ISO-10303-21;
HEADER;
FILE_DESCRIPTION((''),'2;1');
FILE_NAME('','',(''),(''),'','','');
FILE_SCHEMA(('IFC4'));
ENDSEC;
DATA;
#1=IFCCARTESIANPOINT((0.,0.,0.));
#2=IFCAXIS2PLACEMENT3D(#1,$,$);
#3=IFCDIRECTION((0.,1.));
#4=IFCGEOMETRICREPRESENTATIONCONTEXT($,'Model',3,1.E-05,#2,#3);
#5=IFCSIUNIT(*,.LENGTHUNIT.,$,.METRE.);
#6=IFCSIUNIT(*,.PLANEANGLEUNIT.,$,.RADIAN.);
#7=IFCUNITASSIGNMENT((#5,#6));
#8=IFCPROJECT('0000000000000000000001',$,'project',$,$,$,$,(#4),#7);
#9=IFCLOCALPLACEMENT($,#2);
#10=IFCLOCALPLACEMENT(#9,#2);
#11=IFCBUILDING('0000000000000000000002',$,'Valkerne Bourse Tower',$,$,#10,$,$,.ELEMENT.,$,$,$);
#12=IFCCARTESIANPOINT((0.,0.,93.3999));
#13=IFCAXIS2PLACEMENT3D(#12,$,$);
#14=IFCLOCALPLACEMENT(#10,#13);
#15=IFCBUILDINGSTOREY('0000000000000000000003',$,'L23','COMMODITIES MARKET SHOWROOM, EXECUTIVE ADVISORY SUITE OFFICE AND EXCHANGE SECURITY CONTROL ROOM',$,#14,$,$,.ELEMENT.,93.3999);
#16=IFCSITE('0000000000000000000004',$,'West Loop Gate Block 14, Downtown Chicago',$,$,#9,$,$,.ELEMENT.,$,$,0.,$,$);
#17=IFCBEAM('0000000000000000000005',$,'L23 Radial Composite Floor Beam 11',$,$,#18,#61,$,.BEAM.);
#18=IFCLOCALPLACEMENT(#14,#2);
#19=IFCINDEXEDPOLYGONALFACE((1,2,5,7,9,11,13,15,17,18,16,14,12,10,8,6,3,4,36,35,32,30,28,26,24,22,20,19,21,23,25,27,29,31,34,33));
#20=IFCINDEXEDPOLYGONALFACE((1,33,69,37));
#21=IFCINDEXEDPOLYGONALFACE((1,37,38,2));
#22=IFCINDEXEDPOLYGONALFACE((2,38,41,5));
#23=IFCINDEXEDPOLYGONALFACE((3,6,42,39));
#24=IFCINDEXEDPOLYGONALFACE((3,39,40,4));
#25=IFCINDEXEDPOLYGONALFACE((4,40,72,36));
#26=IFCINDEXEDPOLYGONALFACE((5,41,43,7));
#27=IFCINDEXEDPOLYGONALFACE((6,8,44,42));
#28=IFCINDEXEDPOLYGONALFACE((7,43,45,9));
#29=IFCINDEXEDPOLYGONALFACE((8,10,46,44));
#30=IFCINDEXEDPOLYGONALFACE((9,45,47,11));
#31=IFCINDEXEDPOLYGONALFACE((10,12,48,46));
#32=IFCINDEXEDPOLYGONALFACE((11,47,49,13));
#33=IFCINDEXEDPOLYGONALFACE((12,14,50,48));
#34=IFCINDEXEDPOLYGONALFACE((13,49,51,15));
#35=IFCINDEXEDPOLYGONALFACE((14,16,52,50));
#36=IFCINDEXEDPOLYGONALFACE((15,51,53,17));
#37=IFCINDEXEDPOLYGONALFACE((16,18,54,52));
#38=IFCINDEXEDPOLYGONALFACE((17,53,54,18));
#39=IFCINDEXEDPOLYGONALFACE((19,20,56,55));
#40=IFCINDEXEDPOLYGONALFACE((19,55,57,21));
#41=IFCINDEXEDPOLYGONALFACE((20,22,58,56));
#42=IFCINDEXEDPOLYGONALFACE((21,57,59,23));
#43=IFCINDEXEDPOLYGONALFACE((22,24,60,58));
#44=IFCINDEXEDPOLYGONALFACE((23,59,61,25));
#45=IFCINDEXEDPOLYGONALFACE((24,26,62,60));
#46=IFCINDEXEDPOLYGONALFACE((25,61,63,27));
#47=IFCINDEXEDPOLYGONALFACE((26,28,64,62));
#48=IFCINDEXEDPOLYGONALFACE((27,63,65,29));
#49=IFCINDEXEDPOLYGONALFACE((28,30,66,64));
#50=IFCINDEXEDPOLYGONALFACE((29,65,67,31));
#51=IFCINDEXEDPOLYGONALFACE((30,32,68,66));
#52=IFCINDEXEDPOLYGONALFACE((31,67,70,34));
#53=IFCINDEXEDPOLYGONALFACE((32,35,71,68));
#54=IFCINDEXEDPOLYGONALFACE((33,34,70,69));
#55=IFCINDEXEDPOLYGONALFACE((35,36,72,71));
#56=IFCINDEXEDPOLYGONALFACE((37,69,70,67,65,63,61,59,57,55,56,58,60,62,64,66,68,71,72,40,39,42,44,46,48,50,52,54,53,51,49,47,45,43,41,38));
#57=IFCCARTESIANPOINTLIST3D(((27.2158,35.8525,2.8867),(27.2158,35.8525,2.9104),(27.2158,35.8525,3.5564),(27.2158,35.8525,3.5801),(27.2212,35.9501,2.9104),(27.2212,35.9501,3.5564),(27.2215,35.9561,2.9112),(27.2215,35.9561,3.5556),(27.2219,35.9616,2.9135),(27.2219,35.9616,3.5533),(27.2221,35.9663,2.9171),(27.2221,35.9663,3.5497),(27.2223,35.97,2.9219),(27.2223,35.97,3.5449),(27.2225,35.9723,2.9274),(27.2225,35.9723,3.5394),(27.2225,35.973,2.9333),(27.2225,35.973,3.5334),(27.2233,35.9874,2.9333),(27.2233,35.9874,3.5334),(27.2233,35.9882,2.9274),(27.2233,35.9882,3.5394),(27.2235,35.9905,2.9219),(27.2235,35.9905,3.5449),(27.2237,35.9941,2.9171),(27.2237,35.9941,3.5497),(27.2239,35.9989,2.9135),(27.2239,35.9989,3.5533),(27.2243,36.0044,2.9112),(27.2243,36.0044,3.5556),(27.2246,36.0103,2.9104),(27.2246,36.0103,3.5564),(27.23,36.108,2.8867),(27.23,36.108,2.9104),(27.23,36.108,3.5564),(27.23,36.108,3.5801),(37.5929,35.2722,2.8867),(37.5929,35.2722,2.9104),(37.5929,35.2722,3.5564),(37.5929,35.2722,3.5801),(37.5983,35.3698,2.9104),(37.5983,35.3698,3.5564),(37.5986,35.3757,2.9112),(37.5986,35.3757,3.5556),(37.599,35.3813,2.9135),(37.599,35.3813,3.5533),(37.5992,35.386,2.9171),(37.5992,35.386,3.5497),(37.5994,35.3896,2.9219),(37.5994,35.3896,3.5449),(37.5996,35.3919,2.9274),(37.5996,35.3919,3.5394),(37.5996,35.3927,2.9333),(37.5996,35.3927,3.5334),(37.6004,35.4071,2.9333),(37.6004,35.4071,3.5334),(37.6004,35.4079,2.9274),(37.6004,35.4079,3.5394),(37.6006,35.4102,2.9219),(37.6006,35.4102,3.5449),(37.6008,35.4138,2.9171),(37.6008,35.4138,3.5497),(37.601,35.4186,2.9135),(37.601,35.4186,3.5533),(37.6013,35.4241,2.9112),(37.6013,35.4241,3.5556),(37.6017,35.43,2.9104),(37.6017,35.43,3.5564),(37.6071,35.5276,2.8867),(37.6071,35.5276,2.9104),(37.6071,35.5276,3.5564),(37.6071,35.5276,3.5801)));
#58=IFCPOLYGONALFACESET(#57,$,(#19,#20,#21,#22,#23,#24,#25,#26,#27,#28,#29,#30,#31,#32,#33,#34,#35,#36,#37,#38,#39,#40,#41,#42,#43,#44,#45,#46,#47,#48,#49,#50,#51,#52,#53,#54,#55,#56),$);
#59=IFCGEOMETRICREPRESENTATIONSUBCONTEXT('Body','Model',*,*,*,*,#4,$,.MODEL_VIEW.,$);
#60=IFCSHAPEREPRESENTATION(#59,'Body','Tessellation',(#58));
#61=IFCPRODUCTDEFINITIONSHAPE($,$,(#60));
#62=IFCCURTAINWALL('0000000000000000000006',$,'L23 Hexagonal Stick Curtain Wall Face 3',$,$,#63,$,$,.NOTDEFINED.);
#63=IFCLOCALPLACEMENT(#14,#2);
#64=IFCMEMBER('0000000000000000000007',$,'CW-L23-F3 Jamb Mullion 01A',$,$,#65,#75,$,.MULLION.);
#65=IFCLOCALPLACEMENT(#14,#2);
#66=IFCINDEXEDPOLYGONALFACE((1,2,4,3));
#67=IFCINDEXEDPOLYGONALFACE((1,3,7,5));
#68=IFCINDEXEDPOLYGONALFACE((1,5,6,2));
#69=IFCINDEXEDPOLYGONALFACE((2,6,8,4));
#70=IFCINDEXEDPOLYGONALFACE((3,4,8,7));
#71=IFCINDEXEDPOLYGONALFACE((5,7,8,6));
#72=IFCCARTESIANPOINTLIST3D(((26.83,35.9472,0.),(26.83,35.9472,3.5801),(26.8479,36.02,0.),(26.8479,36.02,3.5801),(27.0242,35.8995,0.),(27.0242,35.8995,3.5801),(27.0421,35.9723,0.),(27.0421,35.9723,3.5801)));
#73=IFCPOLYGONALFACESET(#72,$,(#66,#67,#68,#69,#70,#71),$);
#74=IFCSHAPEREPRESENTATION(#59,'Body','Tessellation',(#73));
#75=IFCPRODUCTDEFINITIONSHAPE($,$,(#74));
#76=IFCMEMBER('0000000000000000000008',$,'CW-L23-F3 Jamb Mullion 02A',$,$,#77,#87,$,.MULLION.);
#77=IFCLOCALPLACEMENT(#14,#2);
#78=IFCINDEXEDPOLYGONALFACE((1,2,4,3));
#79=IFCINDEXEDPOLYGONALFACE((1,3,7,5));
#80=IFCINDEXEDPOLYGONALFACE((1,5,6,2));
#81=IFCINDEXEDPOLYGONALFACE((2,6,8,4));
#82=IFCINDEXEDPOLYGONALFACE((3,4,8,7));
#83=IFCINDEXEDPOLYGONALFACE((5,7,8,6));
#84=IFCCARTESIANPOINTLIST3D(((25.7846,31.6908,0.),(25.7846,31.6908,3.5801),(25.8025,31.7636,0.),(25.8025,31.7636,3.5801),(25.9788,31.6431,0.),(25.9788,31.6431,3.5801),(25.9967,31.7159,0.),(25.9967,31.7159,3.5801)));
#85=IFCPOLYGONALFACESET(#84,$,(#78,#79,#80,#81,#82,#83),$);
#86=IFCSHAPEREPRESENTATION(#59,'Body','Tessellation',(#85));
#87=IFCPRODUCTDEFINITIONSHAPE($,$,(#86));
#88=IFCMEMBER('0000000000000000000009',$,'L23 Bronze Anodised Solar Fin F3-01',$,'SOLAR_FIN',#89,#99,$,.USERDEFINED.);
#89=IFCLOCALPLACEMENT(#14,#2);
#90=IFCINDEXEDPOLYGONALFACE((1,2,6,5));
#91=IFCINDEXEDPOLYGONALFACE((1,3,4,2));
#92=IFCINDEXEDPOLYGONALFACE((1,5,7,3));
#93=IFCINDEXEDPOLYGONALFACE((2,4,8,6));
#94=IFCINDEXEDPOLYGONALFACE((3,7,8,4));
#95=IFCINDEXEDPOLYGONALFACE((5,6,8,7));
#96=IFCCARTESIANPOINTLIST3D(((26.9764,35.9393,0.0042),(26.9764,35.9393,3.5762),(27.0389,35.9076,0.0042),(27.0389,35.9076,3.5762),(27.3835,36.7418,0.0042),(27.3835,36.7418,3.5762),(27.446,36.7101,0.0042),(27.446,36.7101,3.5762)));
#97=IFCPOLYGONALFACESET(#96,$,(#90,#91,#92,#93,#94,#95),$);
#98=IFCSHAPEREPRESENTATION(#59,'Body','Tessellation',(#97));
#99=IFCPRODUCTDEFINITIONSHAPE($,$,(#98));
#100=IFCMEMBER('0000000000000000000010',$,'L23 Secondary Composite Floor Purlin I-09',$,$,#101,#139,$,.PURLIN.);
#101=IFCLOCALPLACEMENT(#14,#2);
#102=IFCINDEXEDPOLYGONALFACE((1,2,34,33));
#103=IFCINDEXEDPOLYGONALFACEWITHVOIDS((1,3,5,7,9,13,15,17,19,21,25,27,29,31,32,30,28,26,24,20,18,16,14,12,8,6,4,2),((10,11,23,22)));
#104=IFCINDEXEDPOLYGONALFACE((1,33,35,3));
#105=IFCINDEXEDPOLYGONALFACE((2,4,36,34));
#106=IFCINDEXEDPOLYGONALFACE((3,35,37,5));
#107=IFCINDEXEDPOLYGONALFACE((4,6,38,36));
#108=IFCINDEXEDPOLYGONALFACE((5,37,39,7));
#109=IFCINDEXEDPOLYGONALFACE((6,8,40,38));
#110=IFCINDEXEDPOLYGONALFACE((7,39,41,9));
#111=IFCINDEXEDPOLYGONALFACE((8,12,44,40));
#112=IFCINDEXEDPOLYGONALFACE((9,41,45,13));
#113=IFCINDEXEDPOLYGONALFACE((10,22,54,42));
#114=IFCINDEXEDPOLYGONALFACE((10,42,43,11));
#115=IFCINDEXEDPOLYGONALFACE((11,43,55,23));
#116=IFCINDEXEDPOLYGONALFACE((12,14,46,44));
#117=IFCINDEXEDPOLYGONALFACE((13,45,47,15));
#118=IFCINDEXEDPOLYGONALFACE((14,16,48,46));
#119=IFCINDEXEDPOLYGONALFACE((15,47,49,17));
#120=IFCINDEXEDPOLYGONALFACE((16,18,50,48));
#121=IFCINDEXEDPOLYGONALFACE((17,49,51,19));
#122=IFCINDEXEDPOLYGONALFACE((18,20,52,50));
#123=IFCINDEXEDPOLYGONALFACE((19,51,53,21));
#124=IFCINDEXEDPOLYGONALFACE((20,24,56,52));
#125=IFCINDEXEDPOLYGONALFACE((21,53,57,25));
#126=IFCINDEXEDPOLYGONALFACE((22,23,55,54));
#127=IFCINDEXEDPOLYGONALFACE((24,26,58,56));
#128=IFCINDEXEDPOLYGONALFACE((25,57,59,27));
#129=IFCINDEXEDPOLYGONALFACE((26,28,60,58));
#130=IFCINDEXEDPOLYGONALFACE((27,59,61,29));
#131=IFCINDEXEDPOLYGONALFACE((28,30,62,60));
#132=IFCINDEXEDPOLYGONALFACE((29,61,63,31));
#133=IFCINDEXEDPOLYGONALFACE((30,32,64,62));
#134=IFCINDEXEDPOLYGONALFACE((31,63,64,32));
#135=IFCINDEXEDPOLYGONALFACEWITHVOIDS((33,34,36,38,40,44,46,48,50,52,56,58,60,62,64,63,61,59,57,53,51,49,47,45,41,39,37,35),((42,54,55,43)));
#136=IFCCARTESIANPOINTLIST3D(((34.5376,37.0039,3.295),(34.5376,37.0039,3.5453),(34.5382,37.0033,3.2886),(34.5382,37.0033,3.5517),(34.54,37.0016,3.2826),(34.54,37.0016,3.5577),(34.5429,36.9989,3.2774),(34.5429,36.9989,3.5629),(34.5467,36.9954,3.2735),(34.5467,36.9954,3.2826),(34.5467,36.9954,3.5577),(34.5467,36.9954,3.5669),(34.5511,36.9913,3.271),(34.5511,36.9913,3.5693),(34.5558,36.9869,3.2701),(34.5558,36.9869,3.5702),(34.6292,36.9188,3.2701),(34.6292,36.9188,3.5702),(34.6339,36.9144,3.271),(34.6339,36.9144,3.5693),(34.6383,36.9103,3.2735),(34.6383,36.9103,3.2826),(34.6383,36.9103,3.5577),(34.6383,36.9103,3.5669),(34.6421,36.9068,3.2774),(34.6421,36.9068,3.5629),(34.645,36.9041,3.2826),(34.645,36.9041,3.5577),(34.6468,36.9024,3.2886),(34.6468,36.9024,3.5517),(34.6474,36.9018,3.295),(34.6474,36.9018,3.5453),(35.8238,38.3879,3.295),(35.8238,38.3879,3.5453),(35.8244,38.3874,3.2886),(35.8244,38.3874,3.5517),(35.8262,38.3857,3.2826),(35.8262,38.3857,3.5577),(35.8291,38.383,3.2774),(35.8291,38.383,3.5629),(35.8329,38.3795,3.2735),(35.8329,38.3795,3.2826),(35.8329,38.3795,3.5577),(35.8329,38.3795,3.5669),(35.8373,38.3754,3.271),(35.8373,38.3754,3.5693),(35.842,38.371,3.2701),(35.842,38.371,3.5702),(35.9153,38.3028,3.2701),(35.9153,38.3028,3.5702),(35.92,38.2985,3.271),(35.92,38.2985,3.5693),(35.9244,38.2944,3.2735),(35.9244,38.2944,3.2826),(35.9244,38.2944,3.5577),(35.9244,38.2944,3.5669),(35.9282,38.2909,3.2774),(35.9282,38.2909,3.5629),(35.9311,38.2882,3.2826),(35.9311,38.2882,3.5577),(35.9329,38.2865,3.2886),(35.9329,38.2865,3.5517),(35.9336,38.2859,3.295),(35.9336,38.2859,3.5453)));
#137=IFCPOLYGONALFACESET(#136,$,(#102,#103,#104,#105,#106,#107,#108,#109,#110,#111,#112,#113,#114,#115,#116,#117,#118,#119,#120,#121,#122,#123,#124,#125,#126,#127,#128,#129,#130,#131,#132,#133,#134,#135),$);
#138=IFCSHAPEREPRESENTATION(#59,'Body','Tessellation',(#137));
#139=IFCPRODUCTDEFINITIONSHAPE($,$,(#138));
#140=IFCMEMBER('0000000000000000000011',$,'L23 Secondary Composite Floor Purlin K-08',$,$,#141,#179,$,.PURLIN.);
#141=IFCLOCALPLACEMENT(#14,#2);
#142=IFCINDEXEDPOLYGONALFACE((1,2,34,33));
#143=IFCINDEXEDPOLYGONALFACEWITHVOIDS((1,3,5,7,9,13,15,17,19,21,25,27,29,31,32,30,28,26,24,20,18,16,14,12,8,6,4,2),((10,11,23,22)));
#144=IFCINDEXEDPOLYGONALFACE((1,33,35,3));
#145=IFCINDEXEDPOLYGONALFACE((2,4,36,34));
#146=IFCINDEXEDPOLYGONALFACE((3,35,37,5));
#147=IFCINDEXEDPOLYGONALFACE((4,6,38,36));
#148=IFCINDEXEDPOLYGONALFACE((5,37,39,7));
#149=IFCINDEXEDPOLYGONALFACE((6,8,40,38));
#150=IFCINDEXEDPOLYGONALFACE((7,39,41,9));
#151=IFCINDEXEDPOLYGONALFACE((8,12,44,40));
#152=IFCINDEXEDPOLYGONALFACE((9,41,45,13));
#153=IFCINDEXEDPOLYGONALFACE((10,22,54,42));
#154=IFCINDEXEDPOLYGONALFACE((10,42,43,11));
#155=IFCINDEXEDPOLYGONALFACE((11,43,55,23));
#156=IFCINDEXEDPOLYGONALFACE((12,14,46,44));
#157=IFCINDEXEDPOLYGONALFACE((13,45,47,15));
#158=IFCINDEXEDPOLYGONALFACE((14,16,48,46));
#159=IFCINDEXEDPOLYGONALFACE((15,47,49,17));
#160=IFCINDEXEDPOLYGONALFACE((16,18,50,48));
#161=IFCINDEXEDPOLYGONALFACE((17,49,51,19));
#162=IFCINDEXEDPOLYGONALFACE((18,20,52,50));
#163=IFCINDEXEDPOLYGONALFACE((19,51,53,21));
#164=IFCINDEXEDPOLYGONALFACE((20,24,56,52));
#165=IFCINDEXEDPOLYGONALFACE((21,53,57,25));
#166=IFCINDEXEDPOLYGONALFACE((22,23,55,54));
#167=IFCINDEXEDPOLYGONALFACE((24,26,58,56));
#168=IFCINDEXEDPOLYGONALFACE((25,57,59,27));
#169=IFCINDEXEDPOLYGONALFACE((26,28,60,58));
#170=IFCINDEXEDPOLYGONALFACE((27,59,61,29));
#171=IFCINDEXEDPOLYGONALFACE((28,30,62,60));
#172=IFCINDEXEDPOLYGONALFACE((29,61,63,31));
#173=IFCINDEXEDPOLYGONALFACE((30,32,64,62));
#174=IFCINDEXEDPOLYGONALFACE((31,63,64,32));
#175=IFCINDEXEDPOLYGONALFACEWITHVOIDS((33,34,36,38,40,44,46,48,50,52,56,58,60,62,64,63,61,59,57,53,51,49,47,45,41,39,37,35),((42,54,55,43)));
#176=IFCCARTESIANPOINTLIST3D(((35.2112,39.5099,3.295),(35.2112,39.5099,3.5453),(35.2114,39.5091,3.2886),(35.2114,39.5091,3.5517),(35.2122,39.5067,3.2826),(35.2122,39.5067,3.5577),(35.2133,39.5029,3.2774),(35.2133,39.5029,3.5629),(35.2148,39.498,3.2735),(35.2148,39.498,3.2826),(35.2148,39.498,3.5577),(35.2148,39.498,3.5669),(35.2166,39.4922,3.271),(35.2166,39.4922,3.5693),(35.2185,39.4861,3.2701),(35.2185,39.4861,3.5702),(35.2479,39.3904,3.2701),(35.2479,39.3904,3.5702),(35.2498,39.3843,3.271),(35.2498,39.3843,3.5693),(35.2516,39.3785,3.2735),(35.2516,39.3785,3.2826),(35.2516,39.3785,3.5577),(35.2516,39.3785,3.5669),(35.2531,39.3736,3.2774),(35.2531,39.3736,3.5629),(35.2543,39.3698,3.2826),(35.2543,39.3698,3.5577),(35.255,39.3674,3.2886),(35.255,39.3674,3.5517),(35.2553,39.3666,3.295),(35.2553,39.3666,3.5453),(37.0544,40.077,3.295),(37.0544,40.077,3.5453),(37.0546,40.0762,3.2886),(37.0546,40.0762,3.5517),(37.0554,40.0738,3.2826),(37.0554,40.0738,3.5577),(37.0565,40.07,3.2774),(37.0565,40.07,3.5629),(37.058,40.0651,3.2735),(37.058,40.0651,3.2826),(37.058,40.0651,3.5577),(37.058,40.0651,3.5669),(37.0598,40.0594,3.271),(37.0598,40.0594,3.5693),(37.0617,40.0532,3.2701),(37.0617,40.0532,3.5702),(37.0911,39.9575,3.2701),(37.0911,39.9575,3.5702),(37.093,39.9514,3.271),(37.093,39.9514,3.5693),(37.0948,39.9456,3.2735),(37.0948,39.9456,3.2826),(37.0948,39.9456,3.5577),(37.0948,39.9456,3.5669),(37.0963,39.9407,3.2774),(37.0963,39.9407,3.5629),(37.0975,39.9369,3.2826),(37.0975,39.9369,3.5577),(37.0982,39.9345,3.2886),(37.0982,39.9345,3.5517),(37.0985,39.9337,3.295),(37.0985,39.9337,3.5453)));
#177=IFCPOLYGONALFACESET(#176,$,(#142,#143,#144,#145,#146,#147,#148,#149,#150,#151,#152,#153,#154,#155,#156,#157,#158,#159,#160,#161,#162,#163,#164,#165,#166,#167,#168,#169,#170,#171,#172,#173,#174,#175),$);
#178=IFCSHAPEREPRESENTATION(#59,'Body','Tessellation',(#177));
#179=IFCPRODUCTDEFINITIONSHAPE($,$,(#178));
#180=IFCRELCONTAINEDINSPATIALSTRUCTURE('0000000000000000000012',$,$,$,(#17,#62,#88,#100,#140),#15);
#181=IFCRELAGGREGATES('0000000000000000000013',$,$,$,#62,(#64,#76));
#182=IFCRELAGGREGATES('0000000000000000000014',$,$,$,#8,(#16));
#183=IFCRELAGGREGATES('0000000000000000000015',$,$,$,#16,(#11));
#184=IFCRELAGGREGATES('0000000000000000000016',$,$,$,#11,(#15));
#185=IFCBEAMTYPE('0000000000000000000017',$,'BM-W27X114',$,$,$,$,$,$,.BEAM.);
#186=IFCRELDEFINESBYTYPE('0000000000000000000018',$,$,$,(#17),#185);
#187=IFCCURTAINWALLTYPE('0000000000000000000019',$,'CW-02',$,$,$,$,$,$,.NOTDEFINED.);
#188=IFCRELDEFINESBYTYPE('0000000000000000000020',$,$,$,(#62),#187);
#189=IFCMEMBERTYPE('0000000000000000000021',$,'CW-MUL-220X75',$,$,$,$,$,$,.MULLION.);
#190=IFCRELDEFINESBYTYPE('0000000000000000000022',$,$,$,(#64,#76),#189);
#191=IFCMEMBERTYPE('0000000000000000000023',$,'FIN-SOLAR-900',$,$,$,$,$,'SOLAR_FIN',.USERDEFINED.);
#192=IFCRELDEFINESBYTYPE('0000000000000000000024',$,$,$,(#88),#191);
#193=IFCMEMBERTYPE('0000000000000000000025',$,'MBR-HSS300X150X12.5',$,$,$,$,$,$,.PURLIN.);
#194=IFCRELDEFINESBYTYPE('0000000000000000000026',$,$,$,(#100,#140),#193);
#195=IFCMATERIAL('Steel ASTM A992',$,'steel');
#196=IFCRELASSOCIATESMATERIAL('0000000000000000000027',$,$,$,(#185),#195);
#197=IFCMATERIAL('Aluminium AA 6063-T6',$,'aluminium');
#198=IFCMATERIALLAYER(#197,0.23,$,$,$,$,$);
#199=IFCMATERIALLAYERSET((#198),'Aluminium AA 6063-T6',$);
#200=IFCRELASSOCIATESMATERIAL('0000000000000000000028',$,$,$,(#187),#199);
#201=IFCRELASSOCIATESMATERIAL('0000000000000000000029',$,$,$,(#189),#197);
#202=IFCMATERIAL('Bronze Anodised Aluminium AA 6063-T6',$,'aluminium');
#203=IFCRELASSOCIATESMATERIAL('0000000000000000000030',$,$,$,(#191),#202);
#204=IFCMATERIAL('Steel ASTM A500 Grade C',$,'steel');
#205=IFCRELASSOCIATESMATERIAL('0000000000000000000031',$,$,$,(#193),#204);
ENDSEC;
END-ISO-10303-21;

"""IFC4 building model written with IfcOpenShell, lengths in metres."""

from ifc_helpers import new_model, si_unit, direction, frame, origin, origin_2d, place, context, subcontext, project, spatial, rectangle, hollow_rectangle, i_section, extrude, material, layer, layer_set, material_profile, profile_set, type_object, element, aggregate, save


model = new_model("IFC4")

# Units and contexts
model_context = context("Model", 3, precision=1e-05, world=origin(), true_north=direction((0.0, 1.0)))
body_context = subcontext(model_context, "Body", "Model", "MODEL_VIEW")
ifc_project = project(units=[si_unit("LENGTHUNIT", "METRE"), si_unit("PLANEANGLEUNIT", "RADIAN")], contexts=[model_context])

# Site, building, storey
site_placement = place(None, origin())
site = spatial("IfcSite", under=ifc_project, at=site_placement, Name="West Loop Gate Block 14, Downtown Chicago", CompositionType="ELEMENT", RefElevation=0.0)
building_placement = place(site_placement, origin())
building = spatial("IfcBuilding", under=site, at=building_placement, Name="Valkerne Bourse Tower", CompositionType="ELEMENT")
storey_placement = place(building_placement, frame((0.0, 0.0, 93.3999)))
storey = spatial("IfcBuildingStorey", under=building, at=storey_placement, Name="L23", Description="COMMODITIES MARKET SHOWROOM, EXECUTIVE ADVISORY SUITE OFFICE AND EXCHANGE SECURITY CONTROL ROOM", CompositionType="ELEMENT", Elevation=93.3999)

# Beam
ifc_material_1 = material(Name="Steel ASTM A992", Category="steel")
ifc_material_profile_1 = material_profile(ifc_material_1, i_section(OverallWidth=0.2559, OverallDepth=0.6934, WebThickness=0.0144, FlangeThickness=0.0237, FilletRadius=0.0229, at=origin_2d()), Name="W27X114")
ifc_profile_set_1 = profile_set([ifc_material_profile_1], Name="Steel ASTM A992")
beam_type_1 = type_object("IfcBeamType", Name="BM-W27X114", PredefinedType="BEAM", material=ifc_profile_set_1)
beam_1_placement = place(storey_placement, frame((27.2229, 35.9802, 3.2334), z_axis=(0.99844, -0.055836, 0.0), x_axis=(0.055836, 0.99844, 0.0)))
element("IfcBeam", 1, at=beam_1_placement, inside=storey, type_object=beam_type_1, Name="L23 Radial Composite Floor Beam 11", PredefinedType="BEAM", context=body_context, shape_type="SweptSolid", body=[
    extrude(i_section(OverallWidth=0.2559, OverallDepth=0.6934, WebThickness=0.0144, FlangeThickness=0.0237, FilletRadius=0.0229, at=origin_2d()), origin(), (0.0, 0.0, 1.0), 10.3933),
])

# Curtain wall, members
ifc_material_2 = material(Name="Aluminium AA 6063-T6", Category="aluminium")
ifc_layer_1 = layer(ifc_material_2, 0.23)
ifc_layer_set_1 = layer_set([ifc_layer_1], Name="Aluminium AA 6063-T6")
curtain_wall_type = type_object("IfcCurtainWallType", Name="CW-02", PredefinedType="NOTDEFINED", material=ifc_layer_set_1)
curtain_wall_placement = place(storey_placement, origin())
curtain_wall = element("IfcCurtainWall", 2, at=curtain_wall_placement, inside=storey, type_object=curtain_wall_type, Name="L23 Hexagonal Stick Curtain Wall Face 3", PredefinedType="NOTDEFINED")
ifc_material_profile_2 = material_profile(ifc_material_2, rectangle(XDim=0.075, YDim=0.2, at=origin_2d()), Name="CWM-75X200")
ifc_profile_set_2 = profile_set([ifc_material_profile_2], Name="Aluminium AA 6063-T6")
member_type_1 = type_object("IfcMemberType", Name="CW-MUL-220X75", PredefinedType="MULLION", material=ifc_profile_set_2)
member_1_placement = place(storey_placement, frame((26.936, 35.9597, 0.0), z_axis=(0.0, 0.0, 1.0), x_axis=(-0.238534, -0.971134, 0.0)))
member_1 = element("IfcMember", 3, at=member_1_placement, type_object=member_type_1, Name="CW-L23-F3 Jamb Mullion 01A", PredefinedType="MULLION", context=body_context, shape_type="SweptSolid", body=[
    extrude(rectangle(XDim=0.075, YDim=0.2, at=origin_2d()), origin(), (0.0, 0.0, 1.0), 3.5801),
])
member_2_placement = place(storey_placement, frame((25.8906, 31.7034, 0.0), z_axis=(0.0, 0.0, 1.0), x_axis=(-0.238534, -0.971134, 0.0)))
member_2 = element("IfcMember", 4, at=member_2_placement, type_object=member_type_1, Name="CW-L23-F3 Jamb Mullion 02A", PredefinedType="MULLION", context=body_context, shape_type="SweptSolid", body=[
    extrude(rectangle(XDim=0.075, YDim=0.2, at=origin_2d()), origin(), (0.0, 0.0, 1.0), 3.5801),
])

# Members
ifc_material_3 = material(Name="Bronze Anodised Aluminium AA 6063-T6", Category="aluminium")
ifc_material_profile_3 = material_profile(ifc_material_3, rectangle(XDim=0.0701, YDim=0.8999, at=origin_2d()), Name="FIN-70X900")
ifc_profile_set_3 = profile_set([ifc_material_profile_3], Name="Bronze Anodised Aluminium AA 6063-T6")
member_type_2 = type_object("IfcMemberType", Name="FIN-SOLAR-900", ElementType="SOLAR_FIN", PredefinedType="USERDEFINED", material=ifc_profile_set_3)
member_3_placement = place(storey_placement, frame((27.2112, 36.3247, 0.0042), z_axis=(0.0, 0.0, 1.0), x_axis=(-0.891827, 0.452377, 0.0)))
element("IfcMember", 5, at=member_3_placement, inside=storey, type_object=member_type_2, Name="L23 Bronze Anodised Solar Fin F3-01", ObjectType="SOLAR_FIN", PredefinedType="USERDEFINED", context=body_context, shape_type="SweptSolid", body=[
    extrude(rectangle(XDim=0.0701, YDim=0.8999, at=origin_2d()), origin(), (0.0, 0.0, 1.0), 3.572),
])
ifc_material_4 = material(Name="Steel ASTM A500 Grade C", Category="steel")
ifc_material_profile_4 = material_profile(ifc_material_4, hollow_rectangle(XDim=0.1499, YDim=0.3, WallThickness=0.0125, OuterFilletRadius=0.0249, at=origin_2d()), Name="HSS300X150X12.5")
ifc_profile_set_4 = profile_set([ifc_material_profile_4], Name="Steel ASTM A500 Grade C")
member_type_3 = type_object("IfcMemberType", Name="MBR-HSS300X150X12.5", PredefinedType="PURLIN", material=ifc_profile_set_4)
member_4_placement = place(storey_placement, frame((35.8787, 38.3369, 3.4202), z_axis=(-0.680724, -0.73254, 0.0), x_axis=(0.73254, -0.680724, 0.0)))
element("IfcMember", 6, at=member_4_placement, inside=storey, type_object=member_type_3, Name="L23 Secondary Composite Floor Purlin I-09", PredefinedType="PURLIN", context=body_context, shape_type="SweptSolid", body=[
    extrude(hollow_rectangle(XDim=0.1499, YDim=0.3, WallThickness=0.0125, OuterFilletRadius=0.0249, at=origin_2d()), origin(), (0.0, 0.0, 1.0), 1.8894),
])
member_5_placement = place(storey_placement, frame((37.0764, 40.0054, 3.4202), z_axis=(-0.955782, -0.294077, 0.0), x_axis=(0.294077, -0.955782, 0.0)))
element("IfcMember", 7, at=member_5_placement, inside=storey, type_object=member_type_3, Name="L23 Secondary Composite Floor Purlin K-08", PredefinedType="PURLIN", context=body_context, shape_type="SweptSolid", body=[
    extrude(hollow_rectangle(XDim=0.1499, YDim=0.3, WallThickness=0.0125, OuterFilletRadius=0.0249, at=origin_2d()), origin(), (0.0, 0.0, 1.0), 1.9285),
])

aggregate(curtain_wall, [member_1, member_2])

save(model, "model.ifc")
